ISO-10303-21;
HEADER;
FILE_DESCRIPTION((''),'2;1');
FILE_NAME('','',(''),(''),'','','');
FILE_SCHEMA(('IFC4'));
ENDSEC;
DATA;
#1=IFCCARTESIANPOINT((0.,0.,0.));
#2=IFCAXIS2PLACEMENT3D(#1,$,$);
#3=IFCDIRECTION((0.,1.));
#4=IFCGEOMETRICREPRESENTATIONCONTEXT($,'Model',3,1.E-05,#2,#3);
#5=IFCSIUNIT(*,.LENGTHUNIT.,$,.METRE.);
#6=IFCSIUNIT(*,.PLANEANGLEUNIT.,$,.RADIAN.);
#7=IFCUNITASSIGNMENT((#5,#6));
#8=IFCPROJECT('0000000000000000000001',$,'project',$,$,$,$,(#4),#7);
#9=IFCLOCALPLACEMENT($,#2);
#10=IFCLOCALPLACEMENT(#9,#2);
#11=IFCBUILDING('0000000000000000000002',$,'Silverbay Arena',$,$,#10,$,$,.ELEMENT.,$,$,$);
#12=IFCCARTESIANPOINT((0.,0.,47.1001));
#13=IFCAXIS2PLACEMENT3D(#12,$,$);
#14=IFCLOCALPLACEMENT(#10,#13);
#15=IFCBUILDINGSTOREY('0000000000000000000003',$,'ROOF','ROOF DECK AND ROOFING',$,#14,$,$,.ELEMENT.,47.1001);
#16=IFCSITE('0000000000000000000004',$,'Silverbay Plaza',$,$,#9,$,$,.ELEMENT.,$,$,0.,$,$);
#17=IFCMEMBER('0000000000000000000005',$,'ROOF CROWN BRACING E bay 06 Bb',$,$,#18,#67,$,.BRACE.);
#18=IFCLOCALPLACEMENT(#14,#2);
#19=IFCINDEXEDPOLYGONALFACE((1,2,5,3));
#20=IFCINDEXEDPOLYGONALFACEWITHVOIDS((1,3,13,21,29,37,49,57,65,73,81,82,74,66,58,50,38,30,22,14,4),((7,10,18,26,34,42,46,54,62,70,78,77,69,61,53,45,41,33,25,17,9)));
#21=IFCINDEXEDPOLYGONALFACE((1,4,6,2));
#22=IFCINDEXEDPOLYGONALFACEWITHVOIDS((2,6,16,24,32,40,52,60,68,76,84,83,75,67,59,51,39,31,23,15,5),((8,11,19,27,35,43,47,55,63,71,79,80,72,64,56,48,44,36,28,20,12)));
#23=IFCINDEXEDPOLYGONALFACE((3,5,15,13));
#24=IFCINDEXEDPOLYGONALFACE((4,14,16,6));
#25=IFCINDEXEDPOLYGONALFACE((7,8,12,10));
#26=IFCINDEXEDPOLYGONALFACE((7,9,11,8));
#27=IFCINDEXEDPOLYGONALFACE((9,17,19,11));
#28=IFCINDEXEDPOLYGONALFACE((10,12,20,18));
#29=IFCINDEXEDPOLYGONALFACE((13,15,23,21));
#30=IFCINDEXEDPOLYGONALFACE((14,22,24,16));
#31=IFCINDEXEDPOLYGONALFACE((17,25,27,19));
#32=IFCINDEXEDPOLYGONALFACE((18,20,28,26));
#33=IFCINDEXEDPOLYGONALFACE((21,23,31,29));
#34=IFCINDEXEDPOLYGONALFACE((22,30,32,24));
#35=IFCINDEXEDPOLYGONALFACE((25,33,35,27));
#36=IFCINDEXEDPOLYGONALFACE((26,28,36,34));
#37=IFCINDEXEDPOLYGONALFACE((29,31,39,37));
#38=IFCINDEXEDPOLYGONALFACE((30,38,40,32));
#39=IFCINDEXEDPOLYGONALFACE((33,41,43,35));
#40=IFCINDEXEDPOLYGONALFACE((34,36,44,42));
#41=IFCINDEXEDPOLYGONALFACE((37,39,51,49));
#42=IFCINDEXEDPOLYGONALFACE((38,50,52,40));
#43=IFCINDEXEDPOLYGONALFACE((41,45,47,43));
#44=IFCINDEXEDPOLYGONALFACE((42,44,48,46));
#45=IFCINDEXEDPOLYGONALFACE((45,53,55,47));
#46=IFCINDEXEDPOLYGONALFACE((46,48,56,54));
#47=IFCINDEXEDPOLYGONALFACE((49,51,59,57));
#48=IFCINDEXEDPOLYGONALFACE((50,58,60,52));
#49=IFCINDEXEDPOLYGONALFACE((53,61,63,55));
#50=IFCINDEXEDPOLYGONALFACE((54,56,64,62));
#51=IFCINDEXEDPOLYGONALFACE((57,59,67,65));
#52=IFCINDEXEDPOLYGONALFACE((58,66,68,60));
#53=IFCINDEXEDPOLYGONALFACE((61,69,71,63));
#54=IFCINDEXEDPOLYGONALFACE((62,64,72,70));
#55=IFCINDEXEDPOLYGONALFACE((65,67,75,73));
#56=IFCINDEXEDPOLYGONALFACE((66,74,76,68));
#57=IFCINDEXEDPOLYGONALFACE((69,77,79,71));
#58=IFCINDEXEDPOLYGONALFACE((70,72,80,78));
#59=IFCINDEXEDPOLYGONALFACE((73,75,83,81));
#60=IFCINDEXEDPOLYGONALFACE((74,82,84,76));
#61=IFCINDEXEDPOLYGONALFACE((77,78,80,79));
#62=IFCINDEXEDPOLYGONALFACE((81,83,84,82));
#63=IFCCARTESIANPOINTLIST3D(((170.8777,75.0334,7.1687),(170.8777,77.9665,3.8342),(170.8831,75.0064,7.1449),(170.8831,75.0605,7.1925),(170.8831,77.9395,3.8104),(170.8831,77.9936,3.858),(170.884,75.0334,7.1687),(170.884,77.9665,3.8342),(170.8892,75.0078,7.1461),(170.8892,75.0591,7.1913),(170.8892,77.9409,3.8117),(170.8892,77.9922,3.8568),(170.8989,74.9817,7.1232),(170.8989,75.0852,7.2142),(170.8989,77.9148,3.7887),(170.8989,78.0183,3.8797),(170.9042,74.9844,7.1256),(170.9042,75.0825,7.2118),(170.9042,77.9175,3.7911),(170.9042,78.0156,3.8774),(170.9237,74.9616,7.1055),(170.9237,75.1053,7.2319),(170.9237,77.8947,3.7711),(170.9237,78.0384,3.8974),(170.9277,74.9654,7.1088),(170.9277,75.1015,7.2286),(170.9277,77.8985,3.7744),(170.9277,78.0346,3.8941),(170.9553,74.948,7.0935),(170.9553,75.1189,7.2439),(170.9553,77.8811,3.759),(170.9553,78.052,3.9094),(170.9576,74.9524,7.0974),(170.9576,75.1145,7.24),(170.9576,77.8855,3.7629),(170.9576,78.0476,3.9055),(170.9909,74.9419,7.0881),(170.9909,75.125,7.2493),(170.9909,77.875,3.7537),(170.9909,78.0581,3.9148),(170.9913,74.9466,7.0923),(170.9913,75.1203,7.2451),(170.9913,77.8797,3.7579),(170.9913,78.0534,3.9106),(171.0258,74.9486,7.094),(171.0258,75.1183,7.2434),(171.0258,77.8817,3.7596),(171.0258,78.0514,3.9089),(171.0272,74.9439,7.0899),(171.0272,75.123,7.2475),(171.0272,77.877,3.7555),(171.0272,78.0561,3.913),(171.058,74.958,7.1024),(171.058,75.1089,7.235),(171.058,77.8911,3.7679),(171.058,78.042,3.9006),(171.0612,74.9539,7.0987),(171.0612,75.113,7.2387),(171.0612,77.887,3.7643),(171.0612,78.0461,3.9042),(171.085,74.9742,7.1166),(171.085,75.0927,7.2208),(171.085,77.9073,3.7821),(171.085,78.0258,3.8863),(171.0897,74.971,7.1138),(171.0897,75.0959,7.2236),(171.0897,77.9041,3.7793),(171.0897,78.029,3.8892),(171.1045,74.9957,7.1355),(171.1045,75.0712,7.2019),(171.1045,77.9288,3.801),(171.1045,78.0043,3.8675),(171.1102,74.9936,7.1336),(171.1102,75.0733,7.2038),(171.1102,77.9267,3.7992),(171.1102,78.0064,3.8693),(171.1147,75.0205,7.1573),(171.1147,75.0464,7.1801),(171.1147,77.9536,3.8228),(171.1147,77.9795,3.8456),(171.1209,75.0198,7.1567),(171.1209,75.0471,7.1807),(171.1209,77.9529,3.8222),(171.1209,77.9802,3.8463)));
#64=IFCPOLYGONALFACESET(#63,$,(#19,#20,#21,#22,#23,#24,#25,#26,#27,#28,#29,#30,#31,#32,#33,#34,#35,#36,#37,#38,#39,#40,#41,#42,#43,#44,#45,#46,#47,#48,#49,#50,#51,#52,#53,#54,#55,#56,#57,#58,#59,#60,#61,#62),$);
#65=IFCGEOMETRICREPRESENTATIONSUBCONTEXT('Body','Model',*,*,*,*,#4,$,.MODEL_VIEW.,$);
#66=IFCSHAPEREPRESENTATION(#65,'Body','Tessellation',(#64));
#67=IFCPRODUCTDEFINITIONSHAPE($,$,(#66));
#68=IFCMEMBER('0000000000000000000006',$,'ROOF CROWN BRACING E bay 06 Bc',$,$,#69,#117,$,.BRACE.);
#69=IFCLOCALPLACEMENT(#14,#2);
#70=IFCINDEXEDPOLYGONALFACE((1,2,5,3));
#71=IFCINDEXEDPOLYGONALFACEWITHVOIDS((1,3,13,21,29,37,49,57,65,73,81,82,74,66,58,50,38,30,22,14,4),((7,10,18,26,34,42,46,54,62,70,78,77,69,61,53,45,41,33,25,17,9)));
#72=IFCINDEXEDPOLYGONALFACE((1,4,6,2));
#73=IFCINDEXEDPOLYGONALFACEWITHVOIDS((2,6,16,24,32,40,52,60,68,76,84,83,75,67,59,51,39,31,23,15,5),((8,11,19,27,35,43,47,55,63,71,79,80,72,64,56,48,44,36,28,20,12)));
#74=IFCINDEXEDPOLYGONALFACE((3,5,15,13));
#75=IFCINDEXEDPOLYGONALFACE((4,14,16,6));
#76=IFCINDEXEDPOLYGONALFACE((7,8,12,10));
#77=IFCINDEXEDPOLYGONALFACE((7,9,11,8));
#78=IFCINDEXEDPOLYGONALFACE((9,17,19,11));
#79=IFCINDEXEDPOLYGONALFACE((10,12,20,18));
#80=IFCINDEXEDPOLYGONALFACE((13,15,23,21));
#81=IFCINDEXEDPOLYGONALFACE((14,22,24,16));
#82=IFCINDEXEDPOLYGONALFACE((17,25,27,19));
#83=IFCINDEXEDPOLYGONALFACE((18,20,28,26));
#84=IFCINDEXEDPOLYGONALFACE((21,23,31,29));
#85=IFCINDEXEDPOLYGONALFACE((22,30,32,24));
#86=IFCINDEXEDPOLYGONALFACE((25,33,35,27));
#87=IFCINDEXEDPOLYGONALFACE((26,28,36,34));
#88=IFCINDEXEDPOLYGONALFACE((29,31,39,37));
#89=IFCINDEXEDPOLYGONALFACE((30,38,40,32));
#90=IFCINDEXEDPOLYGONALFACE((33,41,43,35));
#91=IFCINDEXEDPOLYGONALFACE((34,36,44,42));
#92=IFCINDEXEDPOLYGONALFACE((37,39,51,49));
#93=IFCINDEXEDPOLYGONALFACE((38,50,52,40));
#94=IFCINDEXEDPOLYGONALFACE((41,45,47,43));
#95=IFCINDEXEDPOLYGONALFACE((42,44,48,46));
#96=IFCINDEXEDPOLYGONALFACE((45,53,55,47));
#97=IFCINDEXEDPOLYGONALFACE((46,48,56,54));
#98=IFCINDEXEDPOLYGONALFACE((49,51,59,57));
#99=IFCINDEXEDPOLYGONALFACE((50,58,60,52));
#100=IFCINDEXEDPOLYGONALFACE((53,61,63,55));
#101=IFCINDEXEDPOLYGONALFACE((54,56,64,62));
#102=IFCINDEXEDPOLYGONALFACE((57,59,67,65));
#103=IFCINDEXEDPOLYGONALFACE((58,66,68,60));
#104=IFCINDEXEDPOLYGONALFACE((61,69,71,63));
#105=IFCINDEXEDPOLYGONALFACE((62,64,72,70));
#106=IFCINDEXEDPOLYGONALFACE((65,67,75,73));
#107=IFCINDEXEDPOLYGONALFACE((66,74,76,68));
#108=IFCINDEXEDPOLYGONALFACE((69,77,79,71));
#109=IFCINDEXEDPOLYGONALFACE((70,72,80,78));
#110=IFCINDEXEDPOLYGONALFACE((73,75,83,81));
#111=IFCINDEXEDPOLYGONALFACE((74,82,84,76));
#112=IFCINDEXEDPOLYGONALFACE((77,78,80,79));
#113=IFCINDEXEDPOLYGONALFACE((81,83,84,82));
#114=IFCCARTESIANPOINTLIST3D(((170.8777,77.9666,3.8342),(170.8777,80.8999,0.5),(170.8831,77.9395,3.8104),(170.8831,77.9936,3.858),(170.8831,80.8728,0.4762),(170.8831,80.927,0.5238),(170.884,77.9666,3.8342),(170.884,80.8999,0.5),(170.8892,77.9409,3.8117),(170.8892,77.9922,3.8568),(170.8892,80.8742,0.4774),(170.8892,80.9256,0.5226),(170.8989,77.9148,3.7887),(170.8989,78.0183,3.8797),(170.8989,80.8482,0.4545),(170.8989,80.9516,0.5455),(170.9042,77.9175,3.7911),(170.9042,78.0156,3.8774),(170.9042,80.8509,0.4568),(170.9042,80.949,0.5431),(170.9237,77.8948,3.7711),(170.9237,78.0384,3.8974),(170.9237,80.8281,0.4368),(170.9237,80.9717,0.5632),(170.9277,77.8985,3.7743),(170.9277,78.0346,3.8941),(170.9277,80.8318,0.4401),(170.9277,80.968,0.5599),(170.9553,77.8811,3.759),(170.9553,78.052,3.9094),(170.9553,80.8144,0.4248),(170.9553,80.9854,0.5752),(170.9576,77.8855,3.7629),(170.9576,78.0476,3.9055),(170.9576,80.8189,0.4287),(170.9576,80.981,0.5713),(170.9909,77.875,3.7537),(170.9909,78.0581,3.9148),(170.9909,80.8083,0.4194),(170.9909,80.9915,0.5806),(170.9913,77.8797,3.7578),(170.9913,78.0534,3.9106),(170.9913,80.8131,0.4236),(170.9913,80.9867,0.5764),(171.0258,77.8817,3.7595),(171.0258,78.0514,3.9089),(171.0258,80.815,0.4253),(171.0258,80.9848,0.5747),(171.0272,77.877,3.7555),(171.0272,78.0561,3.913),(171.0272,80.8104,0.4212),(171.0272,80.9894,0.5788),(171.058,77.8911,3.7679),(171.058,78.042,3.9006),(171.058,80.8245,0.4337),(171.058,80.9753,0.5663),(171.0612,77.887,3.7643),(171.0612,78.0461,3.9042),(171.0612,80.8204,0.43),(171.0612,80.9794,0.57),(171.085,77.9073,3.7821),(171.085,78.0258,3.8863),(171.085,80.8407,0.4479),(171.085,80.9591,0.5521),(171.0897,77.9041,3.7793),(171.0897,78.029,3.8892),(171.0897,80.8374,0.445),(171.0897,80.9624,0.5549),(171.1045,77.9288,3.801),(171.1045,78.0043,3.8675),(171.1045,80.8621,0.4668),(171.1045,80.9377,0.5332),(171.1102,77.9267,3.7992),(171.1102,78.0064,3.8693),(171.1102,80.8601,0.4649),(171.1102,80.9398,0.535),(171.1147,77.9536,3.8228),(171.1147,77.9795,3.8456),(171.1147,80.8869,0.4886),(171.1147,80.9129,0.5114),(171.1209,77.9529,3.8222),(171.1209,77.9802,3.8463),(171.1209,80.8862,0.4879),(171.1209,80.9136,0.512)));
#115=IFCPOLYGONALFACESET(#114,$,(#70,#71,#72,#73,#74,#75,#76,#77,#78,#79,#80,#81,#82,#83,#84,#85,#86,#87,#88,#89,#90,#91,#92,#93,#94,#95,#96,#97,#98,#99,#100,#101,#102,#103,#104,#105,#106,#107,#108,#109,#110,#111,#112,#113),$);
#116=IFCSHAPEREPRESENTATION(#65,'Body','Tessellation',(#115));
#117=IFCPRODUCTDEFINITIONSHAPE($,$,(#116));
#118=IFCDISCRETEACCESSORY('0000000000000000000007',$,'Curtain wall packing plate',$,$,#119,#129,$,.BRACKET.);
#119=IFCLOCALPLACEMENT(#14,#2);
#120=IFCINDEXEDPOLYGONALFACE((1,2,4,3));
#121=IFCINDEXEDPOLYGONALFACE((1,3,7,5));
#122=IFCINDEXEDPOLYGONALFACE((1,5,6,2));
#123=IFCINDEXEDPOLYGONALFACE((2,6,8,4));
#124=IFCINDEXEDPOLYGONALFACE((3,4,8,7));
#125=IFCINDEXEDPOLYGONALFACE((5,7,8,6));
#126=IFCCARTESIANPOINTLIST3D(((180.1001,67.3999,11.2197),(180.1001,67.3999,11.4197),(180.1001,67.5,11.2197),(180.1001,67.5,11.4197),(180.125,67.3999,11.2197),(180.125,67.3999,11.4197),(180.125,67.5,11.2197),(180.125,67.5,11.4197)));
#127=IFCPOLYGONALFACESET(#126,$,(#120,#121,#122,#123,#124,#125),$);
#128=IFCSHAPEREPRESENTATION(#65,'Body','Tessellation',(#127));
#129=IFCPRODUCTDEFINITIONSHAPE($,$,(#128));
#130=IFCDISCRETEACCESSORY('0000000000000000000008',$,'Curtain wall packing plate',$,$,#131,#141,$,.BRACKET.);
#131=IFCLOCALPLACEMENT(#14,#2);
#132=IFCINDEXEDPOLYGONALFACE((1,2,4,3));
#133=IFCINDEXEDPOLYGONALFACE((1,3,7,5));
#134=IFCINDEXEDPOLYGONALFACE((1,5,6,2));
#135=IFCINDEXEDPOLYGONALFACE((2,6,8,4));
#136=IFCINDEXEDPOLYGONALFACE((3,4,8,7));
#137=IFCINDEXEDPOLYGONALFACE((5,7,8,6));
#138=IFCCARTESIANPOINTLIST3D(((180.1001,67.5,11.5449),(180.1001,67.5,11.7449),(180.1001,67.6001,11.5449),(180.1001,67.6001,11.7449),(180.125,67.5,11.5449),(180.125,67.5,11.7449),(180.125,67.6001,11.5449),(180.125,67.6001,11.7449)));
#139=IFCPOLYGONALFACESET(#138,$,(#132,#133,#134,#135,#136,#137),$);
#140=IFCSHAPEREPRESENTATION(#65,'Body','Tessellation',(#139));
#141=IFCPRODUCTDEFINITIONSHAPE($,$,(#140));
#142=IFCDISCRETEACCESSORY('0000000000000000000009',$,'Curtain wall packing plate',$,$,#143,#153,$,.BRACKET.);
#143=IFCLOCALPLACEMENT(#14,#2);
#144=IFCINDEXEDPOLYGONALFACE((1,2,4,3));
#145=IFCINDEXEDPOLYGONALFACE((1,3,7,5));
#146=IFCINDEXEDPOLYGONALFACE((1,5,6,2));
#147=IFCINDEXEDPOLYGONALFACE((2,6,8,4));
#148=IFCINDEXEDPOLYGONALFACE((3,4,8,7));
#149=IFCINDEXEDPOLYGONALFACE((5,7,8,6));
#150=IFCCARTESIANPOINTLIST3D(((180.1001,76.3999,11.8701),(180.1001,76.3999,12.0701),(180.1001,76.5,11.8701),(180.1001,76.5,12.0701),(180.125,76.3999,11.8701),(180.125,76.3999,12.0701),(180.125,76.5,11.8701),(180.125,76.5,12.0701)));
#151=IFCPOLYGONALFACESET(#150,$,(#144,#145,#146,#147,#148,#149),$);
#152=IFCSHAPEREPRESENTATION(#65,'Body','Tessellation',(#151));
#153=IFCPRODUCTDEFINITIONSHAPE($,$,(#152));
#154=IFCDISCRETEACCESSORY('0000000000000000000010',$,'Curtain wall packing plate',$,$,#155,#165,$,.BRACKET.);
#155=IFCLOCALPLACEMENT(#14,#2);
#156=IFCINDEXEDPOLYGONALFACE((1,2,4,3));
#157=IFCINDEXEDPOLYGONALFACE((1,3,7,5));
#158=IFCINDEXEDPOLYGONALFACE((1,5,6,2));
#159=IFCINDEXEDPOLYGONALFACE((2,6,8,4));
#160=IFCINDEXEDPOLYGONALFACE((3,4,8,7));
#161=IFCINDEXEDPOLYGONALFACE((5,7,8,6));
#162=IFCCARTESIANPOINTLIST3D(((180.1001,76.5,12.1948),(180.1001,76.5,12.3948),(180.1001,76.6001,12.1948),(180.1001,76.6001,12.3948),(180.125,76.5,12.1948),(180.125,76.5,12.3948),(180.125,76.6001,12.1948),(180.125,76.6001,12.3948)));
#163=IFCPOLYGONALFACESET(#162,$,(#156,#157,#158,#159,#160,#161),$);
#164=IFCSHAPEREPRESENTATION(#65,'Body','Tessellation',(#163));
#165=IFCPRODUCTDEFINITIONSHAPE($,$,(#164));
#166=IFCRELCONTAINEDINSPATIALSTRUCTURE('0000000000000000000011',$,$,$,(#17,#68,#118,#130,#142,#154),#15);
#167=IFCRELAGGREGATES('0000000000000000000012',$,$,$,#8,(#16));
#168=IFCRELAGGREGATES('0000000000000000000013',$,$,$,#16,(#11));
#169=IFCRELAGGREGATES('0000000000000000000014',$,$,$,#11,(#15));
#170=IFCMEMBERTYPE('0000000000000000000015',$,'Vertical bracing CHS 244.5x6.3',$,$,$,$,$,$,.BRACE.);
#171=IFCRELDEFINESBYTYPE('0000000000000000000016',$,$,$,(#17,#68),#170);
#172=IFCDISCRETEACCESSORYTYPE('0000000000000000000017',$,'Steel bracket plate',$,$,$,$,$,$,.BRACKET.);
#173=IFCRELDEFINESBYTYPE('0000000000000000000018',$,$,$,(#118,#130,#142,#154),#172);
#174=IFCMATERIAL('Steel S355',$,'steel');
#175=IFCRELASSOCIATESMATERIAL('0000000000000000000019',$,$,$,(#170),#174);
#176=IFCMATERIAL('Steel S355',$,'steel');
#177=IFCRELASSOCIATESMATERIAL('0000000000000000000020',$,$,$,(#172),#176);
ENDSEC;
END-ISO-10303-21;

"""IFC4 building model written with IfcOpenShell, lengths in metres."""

from ifc_helpers import new_model, si_unit, direction, frame, origin, origin_2d, place, context, subcontext, project, spatial, rectangle, hollow_circle, extrude, material, material_profile, profile_set, type_object, element, save


model = new_model("IFC4")

# Units and contexts
model_context = context("Model", 3, precision=1e-05, world=origin(), true_north=direction((0.0, 1.0)))
body_context = subcontext(model_context, "Body", "Model", "MODEL_VIEW")
ifc_project = project(units=[si_unit("LENGTHUNIT", "METRE"), si_unit("PLANEANGLEUNIT", "RADIAN")], contexts=[model_context])

# Site, building, storey
site_placement = place(None, origin())
site = spatial("IfcSite", under=ifc_project, at=site_placement, Name="Silverbay Plaza", CompositionType="ELEMENT", RefElevation=0.0)
building_placement = place(site_placement, origin())
building = spatial("IfcBuilding", under=site, at=building_placement, Name="Silverbay Arena", CompositionType="ELEMENT")
storey_placement = place(building_placement, frame((0.0, 0.0, 47.1001)))
storey = spatial("IfcBuildingStorey", under=building, at=storey_placement, Name="ROOF", Description="ROOF DECK AND ROOFING", CompositionType="ELEMENT", Elevation=47.1001)

# Members
ifc_material_1 = material(Name="Steel S355", Category="steel")
ifc_material_profile_1 = material_profile(ifc_material_1, hollow_circle(Radius=0.1223, WallThickness=0.0063, at=origin_2d()), Name="CHS 244.5x6.3")
ifc_profile_set_1 = profile_set([ifc_material_profile_1], Name="Steel S355")
member_type_1 = type_object("IfcMemberType", Name="Vertical bracing CHS 244.5x6.3", PredefinedType="BRACE", material=ifc_profile_set_1)
for number, where, z_axis, x_axis, name in (
    (1, (171.0, 75.0334, 7.1687), (0.0, 0.660472, -0.750851), (-1.0, 0.0, 0.0), "ROOF CROWN BRACING E bay 06 Bb"),
    (2, (171.0, 77.9666, 3.8342), (0.0, 0.66053, -0.7508), (-1.0, 0.0, 0.0), "ROOF CROWN BRACING E bay 06 Bc"),
):
    element("IfcMember", number, at=place(storey_placement, frame(where, z_axis=z_axis, x_axis=x_axis)), inside=storey, type_object=member_type_1, Name=name, PredefinedType="BRACE", context=body_context, shape_type="SweptSolid", body=[
        extrude(hollow_circle(Radius=0.1223, WallThickness=0.0063, at=origin_2d()), origin(), (0.0, 0.0, 1.0), 4.4409),
    ])

# Discrete accessories
ifc_material_2 = material(Name="Steel S355", Category="steel")
discrete_accessory_type = type_object("IfcDiscreteAccessoryType", Name="Steel bracket plate", PredefinedType="BRACKET", material=ifc_material_2)
for number, where, z_axis, x_axis, name in (
    (3, (180.1125, 67.45, 11.2197), (0.0, 0.0, 1.0), (1.0, 0.0, 0.0), "Curtain wall packing plate"),
    (4, (180.1125, 67.55, 11.5449), (0.0, 0.0, 1.0), (1.0, 0.0, 0.0), "Curtain wall packing plate"),
    (5, (180.1125, 76.45, 11.8701), (0.0, 0.0, 1.0), (1.0, 0.0, 0.0), "Curtain wall packing plate"),
    (6, (180.1125, 76.55, 12.1948), (0.0, 0.0, 1.0), (1.0, 0.0, 0.0), "Curtain wall packing plate"),
):
    element("IfcDiscreteAccessory", number, at=place(storey_placement, frame(where, z_axis=z_axis, x_axis=x_axis)), inside=storey, type_object=discrete_accessory_type, Name=name, PredefinedType="BRACKET", context=body_context, shape_type="SweptSolid", body=[
        extrude(rectangle(XDim=0.0249, YDim=0.1001, at=origin_2d()), origin(), (0.0, 0.0, 1.0), 0.2),
    ])

save(model, "model.ifc")
